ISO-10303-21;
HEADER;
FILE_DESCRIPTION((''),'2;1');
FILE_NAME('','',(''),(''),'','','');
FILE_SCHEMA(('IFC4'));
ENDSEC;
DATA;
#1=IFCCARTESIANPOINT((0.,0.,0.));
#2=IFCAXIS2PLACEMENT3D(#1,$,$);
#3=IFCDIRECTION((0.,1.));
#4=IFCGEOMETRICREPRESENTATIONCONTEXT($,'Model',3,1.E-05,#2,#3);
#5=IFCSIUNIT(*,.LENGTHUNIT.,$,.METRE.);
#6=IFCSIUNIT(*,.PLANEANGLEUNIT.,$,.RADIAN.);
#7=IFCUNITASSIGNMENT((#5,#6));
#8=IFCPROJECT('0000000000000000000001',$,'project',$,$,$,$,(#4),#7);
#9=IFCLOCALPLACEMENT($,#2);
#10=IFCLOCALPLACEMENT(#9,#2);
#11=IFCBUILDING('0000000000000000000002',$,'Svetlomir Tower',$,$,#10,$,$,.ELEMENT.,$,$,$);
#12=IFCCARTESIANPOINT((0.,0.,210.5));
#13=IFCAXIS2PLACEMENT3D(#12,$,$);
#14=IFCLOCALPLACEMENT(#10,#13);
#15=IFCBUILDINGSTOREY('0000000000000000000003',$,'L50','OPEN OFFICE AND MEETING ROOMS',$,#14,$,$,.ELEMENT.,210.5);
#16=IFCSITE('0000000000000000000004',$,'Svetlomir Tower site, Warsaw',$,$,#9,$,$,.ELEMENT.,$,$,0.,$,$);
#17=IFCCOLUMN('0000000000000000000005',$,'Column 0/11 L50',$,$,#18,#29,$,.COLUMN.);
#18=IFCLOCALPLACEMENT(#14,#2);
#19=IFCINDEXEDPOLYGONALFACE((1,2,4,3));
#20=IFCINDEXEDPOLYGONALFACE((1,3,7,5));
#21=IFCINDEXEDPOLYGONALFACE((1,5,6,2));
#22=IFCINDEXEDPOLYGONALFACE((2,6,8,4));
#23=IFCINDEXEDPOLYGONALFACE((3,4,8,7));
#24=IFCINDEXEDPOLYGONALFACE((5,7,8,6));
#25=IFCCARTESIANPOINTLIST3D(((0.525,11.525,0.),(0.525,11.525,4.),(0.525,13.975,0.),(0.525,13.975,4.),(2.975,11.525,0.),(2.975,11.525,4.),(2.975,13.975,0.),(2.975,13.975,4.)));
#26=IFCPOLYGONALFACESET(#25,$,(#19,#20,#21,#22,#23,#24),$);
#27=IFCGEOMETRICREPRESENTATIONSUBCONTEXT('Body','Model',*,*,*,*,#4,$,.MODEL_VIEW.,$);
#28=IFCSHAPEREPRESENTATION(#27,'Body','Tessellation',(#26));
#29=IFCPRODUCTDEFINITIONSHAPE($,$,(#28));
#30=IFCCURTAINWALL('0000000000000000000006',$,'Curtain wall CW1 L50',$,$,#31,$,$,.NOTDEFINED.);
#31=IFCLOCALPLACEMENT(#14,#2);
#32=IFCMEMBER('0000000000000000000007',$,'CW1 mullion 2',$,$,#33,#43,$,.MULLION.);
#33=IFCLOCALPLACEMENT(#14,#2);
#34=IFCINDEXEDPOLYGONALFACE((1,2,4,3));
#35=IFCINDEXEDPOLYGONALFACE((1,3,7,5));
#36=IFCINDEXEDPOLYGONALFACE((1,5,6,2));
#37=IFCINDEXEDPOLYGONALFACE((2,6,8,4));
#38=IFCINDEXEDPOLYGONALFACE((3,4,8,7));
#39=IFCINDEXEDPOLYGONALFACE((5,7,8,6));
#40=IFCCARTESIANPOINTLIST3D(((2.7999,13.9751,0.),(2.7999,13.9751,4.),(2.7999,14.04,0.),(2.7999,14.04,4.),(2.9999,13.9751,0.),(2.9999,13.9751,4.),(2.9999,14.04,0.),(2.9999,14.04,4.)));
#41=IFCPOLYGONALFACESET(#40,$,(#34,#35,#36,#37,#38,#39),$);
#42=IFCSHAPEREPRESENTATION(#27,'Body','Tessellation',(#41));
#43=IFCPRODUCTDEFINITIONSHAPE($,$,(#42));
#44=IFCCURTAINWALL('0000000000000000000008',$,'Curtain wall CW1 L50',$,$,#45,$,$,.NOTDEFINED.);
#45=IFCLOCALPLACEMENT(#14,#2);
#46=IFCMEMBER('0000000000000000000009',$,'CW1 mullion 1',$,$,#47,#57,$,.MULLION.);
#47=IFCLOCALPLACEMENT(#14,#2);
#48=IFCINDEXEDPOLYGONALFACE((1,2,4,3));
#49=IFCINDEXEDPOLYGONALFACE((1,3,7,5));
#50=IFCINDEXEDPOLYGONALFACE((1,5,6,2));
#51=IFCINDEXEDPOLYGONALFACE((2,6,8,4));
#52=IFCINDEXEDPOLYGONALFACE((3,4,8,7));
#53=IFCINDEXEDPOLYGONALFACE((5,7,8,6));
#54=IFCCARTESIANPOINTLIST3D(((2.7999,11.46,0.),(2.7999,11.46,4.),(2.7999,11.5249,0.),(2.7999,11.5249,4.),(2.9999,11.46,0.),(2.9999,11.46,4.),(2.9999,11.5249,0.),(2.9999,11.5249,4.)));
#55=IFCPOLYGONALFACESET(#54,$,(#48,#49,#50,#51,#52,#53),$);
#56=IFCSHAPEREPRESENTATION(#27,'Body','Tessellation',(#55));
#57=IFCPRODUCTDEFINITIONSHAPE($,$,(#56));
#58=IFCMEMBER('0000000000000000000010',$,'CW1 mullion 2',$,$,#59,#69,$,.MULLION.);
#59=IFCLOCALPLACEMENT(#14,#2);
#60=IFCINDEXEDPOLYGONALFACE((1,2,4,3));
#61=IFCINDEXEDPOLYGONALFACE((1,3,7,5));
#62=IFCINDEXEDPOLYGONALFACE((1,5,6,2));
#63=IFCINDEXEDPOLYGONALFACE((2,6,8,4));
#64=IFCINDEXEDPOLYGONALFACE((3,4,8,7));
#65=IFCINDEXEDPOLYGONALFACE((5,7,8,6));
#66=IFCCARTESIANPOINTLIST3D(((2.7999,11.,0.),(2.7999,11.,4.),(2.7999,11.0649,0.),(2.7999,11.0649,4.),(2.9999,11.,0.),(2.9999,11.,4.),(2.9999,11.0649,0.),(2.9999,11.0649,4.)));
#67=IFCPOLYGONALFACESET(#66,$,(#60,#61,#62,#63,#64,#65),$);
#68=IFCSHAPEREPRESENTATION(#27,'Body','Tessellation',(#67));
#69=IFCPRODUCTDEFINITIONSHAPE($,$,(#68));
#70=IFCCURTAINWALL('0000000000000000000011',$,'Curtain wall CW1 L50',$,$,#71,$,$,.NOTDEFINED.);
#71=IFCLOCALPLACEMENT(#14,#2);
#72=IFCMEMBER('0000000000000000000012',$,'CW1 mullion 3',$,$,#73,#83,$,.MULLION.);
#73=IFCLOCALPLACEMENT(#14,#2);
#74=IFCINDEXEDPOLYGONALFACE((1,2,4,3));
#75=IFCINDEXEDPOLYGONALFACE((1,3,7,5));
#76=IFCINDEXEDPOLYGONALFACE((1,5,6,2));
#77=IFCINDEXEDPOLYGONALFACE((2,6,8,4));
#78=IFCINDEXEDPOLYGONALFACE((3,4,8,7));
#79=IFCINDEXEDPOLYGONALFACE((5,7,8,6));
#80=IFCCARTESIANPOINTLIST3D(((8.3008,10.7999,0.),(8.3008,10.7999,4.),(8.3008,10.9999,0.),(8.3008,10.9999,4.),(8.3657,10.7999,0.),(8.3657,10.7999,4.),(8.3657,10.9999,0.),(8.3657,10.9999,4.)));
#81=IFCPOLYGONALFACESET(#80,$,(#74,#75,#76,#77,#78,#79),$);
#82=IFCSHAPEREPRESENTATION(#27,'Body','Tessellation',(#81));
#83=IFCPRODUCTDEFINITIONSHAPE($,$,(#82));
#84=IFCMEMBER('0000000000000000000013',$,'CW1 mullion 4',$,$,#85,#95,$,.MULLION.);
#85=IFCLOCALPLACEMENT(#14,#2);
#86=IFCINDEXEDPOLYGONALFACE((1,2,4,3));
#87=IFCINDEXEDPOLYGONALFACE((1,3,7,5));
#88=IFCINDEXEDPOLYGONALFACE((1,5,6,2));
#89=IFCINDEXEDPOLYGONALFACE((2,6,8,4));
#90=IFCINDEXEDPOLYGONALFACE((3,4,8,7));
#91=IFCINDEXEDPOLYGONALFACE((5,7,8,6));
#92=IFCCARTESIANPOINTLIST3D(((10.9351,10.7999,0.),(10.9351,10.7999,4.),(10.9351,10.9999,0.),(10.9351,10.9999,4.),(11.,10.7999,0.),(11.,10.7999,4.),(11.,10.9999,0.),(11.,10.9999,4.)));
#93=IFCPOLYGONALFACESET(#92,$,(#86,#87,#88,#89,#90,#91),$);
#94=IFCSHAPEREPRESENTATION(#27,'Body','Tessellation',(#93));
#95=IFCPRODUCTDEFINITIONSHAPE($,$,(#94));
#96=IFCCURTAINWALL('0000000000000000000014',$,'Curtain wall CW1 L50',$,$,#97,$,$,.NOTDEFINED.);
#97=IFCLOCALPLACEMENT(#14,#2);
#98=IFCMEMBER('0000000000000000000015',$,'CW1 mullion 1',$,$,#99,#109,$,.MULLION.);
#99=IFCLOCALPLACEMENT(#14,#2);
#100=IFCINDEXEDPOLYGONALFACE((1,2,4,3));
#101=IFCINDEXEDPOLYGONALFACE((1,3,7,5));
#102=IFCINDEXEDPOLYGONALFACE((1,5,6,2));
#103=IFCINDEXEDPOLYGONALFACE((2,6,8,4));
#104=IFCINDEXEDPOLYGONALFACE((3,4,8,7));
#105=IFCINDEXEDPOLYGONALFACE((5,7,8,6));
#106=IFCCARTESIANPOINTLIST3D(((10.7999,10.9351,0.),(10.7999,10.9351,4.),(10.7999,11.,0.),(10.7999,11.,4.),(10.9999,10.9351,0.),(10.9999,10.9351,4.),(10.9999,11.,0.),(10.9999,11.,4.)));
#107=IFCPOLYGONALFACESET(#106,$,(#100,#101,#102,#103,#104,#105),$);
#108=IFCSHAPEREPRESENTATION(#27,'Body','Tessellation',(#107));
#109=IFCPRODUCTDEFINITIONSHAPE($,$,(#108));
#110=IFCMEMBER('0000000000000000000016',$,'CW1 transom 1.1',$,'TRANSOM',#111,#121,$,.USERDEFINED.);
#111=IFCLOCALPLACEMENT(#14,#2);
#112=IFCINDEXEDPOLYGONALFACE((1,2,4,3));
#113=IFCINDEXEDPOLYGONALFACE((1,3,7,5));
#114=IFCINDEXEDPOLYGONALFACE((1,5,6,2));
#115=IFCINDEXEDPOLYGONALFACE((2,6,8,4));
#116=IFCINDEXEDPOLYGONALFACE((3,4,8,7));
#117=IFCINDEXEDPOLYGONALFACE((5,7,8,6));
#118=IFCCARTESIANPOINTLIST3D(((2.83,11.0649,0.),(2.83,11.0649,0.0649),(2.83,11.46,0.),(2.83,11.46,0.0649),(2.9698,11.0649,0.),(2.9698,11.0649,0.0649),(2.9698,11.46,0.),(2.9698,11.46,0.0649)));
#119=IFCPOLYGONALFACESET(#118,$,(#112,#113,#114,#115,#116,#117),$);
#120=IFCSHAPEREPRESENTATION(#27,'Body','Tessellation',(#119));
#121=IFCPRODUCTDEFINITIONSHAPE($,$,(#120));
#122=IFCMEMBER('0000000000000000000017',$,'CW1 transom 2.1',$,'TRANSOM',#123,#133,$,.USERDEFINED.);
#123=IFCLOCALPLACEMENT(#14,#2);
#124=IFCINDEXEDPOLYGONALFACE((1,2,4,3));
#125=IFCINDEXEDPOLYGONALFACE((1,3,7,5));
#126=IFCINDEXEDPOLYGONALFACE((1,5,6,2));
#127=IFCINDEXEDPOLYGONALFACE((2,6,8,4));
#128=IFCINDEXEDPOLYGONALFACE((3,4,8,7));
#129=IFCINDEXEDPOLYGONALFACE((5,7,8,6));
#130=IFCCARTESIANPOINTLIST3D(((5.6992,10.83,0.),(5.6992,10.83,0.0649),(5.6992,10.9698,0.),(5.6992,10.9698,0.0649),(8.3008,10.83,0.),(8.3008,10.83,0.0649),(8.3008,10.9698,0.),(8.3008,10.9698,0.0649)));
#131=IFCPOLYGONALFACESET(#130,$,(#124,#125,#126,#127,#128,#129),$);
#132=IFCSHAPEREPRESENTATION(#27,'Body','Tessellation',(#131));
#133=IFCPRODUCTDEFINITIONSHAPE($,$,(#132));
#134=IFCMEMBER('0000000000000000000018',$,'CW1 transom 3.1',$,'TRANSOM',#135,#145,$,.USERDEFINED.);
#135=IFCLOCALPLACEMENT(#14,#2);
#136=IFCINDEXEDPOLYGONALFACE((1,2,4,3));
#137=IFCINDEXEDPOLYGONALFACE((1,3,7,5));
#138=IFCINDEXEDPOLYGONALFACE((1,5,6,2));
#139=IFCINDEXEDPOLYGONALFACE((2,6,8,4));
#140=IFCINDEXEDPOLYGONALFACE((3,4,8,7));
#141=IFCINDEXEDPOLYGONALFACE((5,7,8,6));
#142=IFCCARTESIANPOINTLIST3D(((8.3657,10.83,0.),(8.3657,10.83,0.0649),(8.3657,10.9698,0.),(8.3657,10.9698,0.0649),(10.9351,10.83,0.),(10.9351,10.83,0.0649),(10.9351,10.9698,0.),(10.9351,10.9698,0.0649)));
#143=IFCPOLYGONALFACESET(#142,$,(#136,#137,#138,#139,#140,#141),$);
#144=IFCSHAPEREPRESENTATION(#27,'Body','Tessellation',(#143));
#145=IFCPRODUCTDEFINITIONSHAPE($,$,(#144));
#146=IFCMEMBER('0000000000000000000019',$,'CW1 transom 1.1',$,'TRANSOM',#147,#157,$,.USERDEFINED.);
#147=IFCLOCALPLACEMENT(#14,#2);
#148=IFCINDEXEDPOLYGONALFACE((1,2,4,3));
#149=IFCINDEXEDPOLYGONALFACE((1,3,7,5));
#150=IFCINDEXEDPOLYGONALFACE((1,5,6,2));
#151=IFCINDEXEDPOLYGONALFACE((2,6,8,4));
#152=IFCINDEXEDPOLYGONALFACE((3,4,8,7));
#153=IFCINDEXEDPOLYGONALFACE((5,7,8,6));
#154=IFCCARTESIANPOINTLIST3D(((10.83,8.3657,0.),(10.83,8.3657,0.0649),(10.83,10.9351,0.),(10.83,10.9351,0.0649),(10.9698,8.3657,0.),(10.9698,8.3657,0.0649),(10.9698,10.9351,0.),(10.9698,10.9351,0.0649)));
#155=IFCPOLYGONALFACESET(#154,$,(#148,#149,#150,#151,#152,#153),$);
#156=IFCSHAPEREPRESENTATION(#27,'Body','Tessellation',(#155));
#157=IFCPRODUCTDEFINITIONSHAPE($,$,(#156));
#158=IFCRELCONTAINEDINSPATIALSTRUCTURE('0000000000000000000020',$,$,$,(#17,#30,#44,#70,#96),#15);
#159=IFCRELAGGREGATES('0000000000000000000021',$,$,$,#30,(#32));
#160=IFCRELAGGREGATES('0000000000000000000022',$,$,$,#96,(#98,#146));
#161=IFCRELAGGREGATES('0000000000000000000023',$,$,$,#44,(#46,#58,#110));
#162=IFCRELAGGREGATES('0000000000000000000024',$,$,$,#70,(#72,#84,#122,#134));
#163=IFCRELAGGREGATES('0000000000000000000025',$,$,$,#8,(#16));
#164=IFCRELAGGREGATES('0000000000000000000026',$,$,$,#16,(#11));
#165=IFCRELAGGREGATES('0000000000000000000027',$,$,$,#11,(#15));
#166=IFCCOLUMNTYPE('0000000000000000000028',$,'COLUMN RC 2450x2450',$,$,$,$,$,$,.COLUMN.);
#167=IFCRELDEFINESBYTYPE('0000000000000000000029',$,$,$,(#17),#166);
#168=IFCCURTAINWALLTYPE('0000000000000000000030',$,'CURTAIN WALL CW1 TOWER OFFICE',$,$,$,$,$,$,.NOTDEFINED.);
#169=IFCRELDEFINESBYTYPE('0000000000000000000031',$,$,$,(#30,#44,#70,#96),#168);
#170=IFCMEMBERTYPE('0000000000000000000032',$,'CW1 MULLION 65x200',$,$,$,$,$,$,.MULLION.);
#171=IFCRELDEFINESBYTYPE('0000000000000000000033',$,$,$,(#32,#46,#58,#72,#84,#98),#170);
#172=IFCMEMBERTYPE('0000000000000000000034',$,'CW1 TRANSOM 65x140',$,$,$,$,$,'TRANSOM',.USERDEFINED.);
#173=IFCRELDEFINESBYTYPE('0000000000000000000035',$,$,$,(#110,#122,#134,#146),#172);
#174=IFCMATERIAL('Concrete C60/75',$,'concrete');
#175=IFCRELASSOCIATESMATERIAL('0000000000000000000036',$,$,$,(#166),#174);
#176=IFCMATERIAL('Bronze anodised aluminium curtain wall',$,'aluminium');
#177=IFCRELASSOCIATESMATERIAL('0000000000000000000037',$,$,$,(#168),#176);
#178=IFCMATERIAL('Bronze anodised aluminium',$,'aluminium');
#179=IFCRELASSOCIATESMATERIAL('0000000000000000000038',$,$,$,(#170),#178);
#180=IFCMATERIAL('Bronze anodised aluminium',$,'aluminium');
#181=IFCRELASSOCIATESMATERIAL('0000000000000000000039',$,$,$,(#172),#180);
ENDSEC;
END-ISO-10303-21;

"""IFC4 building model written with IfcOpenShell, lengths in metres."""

from ifc_helpers import new_model, si_unit, direction, frame, origin, origin_2d, place, context, subcontext, project, spatial, rectangle, extrude, material, material_profile, profile_set, type_object, element, aggregate, save


model = new_model("IFC4")

# Units and contexts
model_context = context("Model", 3, precision=1e-05, world=origin(), true_north=direction((0.0, 1.0)))
body_context = subcontext(model_context, "Body", "Model", "MODEL_VIEW")
ifc_project = project(units=[si_unit("LENGTHUNIT", "METRE"), si_unit("PLANEANGLEUNIT", "RADIAN")], contexts=[model_context])

# Site, building, storey
site_placement = place(None, origin())
site = spatial("IfcSite", under=ifc_project, at=site_placement, Name="Svetlomir Tower site, Warsaw", CompositionType="ELEMENT", RefElevation=0.0)
building_placement = place(site_placement, origin())
building = spatial("IfcBuilding", under=site, at=building_placement, Name="Svetlomir Tower", CompositionType="ELEMENT")
storey_placement = place(building_placement, frame((0.0, 0.0, 210.5)))
storey = spatial("IfcBuildingStorey", under=building, at=storey_placement, Name="L50", Description="OPEN OFFICE AND MEETING ROOMS", CompositionType="ELEMENT", Elevation=210.5)

# Column
ifc_material_1 = material(Name="Concrete C60/75", Category="concrete")
ifc_material_profile_1 = material_profile(ifc_material_1, rectangle(XDim=2.45, YDim=2.45, at=origin_2d()), Name="RC 2450x2450")
ifc_profile_set_1 = profile_set([ifc_material_profile_1], Name="Concrete C60/75")
column_type = type_object("IfcColumnType", Name="COLUMN RC 2450x2450", PredefinedType="COLUMN", material=ifc_profile_set_1)
column_placement = place(storey_placement, frame((1.75, 12.75, 0.0), z_axis=(0.0, 0.0, 1.0), x_axis=(1.0, 0.0, 0.0)))
element("IfcColumn", 1, at=column_placement, inside=storey, type_object=column_type, Name="Column 0/11 L50", PredefinedType="COLUMN", context=body_context, shape_type="SweptSolid", body=[
    extrude(rectangle(XDim=2.45, YDim=2.45, at=origin_2d()), origin(), (0.0, 0.0, 1.0), 4.0),
])

# Curtain wall, member
ifc_material_2 = material(Name="Bronze anodised aluminium curtain wall", Category="aluminium")
curtain_wall_type = type_object("IfcCurtainWallType", Name="CURTAIN WALL CW1 TOWER OFFICE", PredefinedType="NOTDEFINED", material=ifc_material_2)
curtain_wall_1_placement = place(storey_placement, origin())
curtain_wall_1 = element("IfcCurtainWall", 2, at=curtain_wall_1_placement, inside=storey, type_object=curtain_wall_type, Name="Curtain wall CW1 L50", PredefinedType="NOTDEFINED")
ifc_material_3 = material(Name="Bronze anodised aluminium", Category="aluminium")
ifc_material_profile_2 = material_profile(ifc_material_3, rectangle(XDim=0.0649, YDim=0.2, at=origin_2d()), Name="AL 65x200")
ifc_profile_set_2 = profile_set([ifc_material_profile_2], Name="Bronze anodised aluminium 6063-T6")
member_type_1 = type_object("IfcMemberType", Name="CW1 MULLION 65x200", PredefinedType="MULLION", material=ifc_profile_set_2)
member_1_placement = place(storey_placement, frame((2.8999, 14.0076, 0.0), z_axis=(0.0, 0.0, 1.0), x_axis=(0.0, -1.0, 0.0)))
member_1 = element("IfcMember", 3, at=member_1_placement, type_object=member_type_1, Name="CW1 mullion 2", PredefinedType="MULLION", context=body_context, shape_type="SweptSolid", body=[
    extrude(rectangle(XDim=0.0649, YDim=0.2, at=origin_2d()), origin(), (0.0, 0.0, 1.0), 4.0),
])
aggregate(curtain_wall_1, [member_1])

# Curtain walls, members
curtain_wall_2_placement = place(storey_placement, origin())
curtain_wall_2 = element("IfcCurtainWall", 4, at=curtain_wall_2_placement, inside=storey, type_object=curtain_wall_type, Name="Curtain wall CW1 L50", PredefinedType="NOTDEFINED")
member_2_placement = place(storey_placement, frame((2.8999, 11.4924, 0.0), z_axis=(0.0, 0.0, 1.0), x_axis=(0.0, -1.0, 0.0)))
member_2 = element("IfcMember", 5, at=member_2_placement, type_object=member_type_1, Name="CW1 mullion 1", PredefinedType="MULLION", context=body_context, shape_type="SweptSolid", body=[
    extrude(rectangle(XDim=0.0649, YDim=0.2, at=origin_2d()), origin(), (0.0, 0.0, 1.0), 4.0),
])
member_3_placement = place(storey_placement, frame((2.8999, 11.0325, 0.0), z_axis=(0.0, 0.0, 1.0), x_axis=(0.0, -1.0, 0.0)))
member_3 = element("IfcMember", 6, at=member_3_placement, type_object=member_type_1, Name="CW1 mullion 2", PredefinedType="MULLION", context=body_context, shape_type="SweptSolid", body=[
    extrude(rectangle(XDim=0.0649, YDim=0.2, at=origin_2d()), origin(), (0.0, 0.0, 1.0), 4.0),
])
curtain_wall_3_placement = place(storey_placement, origin())
curtain_wall_3 = element("IfcCurtainWall", 7, at=curtain_wall_3_placement, inside=storey, type_object=curtain_wall_type, Name="Curtain wall CW1 L50", PredefinedType="NOTDEFINED")
member_4_placement = place(storey_placement, frame((8.3333, 10.8999, 0.0), z_axis=(0.0, 0.0, 1.0), x_axis=(1.0, 0.0, 0.0)))
member_4 = element("IfcMember", 8, at=member_4_placement, type_object=member_type_1, Name="CW1 mullion 3", PredefinedType="MULLION", context=body_context, shape_type="SweptSolid", body=[
    extrude(rectangle(XDim=0.0649, YDim=0.2, at=origin_2d()), origin(), (0.0, 0.0, 1.0), 4.0),
])
member_5_placement = place(storey_placement, frame((10.9675, 10.8999, 0.0), z_axis=(0.0, 0.0, 1.0), x_axis=(1.0, 0.0, 0.0)))
member_5 = element("IfcMember", 9, at=member_5_placement, type_object=member_type_1, Name="CW1 mullion 4", PredefinedType="MULLION", context=body_context, shape_type="SweptSolid", body=[
    extrude(rectangle(XDim=0.0649, YDim=0.2, at=origin_2d()), origin(), (0.0, 0.0, 1.0), 4.0),
])

# Curtain wall, member
curtain_wall_4_placement = place(storey_placement, origin())
curtain_wall_4 = element("IfcCurtainWall", 10, at=curtain_wall_4_placement, inside=storey, type_object=curtain_wall_type, Name="Curtain wall CW1 L50", PredefinedType="NOTDEFINED")
member_6_placement = place(storey_placement, frame((10.8999, 10.9675, 0.0), z_axis=(0.0, 0.0, 1.0), x_axis=(0.0, -1.0, 0.0)))
member_6 = element("IfcMember", 11, at=member_6_placement, type_object=member_type_1, Name="CW1 mullion 1", PredefinedType="MULLION", context=body_context, shape_type="SweptSolid", body=[
    extrude(rectangle(XDim=0.0649, YDim=0.2, at=origin_2d()), origin(), (0.0, 0.0, 1.0), 4.0),
])

# Members
ifc_material_4 = material(Name="Bronze anodised aluminium", Category="aluminium")
ifc_material_profile_3 = material_profile(ifc_material_4, rectangle(XDim=0.1399, YDim=0.0649, at=origin_2d()), Name="AL 140x65")
ifc_profile_set_3 = profile_set([ifc_material_profile_3], Name="Bronze anodised aluminium 6063-T6")
member_type_2 = type_object("IfcMemberType", Name="CW1 TRANSOM 65x140", ElementType="TRANSOM", PredefinedType="USERDEFINED", material=ifc_profile_set_3)
member_7_placement = place(storey_placement, frame((2.8999, 11.46, 0.0325), z_axis=(0.0, -1.0, 0.0), x_axis=(1.0, 0.0, 0.0)))
member_7 = element("IfcMember", 12, at=member_7_placement, type_object=member_type_2, Name="CW1 transom 1.1", ObjectType="TRANSOM", PredefinedType="USERDEFINED", context=body_context, shape_type="SweptSolid", body=[
    extrude(rectangle(XDim=0.1399, YDim=0.0649, at=origin_2d()), origin(), (0.0, 0.0, 1.0), 0.395),
])
member_8_placement = place(storey_placement, frame((5.6992, 10.8999, 0.0325), z_axis=(1.0, 0.0, 0.0), x_axis=(0.0, 1.0, 0.0)))
member_8 = element("IfcMember", 13, at=member_8_placement, type_object=member_type_2, Name="CW1 transom 2.1", ObjectType="TRANSOM", PredefinedType="USERDEFINED", context=body_context, shape_type="SweptSolid", body=[
    extrude(rectangle(XDim=0.1399, YDim=0.0649, at=origin_2d()), origin(), (0.0, 0.0, 1.0), 2.6016),
])
member_9_placement = place(storey_placement, frame((8.3657, 10.8999, 0.0325), z_axis=(1.0, 0.0, 0.0), x_axis=(0.0, 1.0, 0.0)))
member_9 = element("IfcMember", 14, at=member_9_placement, type_object=member_type_2, Name="CW1 transom 3.1", ObjectType="TRANSOM", PredefinedType="USERDEFINED", context=body_context, shape_type="SweptSolid", body=[
    extrude(rectangle(XDim=0.1399, YDim=0.0649, at=origin_2d()), origin(), (0.0, 0.0, 1.0), 2.5693),
])
member_10_placement = place(storey_placement, frame((10.8999, 10.9351, 0.0325), z_axis=(0.0, -1.0, 0.0), x_axis=(1.0, 0.0, 0.0)))
member_10 = element("IfcMember", 15, at=member_10_placement, type_object=member_type_2, Name="CW1 transom 1.1", ObjectType="TRANSOM", PredefinedType="USERDEFINED", context=body_context, shape_type="SweptSolid", body=[
    extrude(rectangle(XDim=0.1399, YDim=0.0649, at=origin_2d()), origin(), (0.0, 0.0, 1.0), 2.5693),
])
aggregate(curtain_wall_4, [member_6, member_10])

aggregate(curtain_wall_2, [member_2, member_3, member_7])
aggregate(curtain_wall_3, [member_4, member_5, member_8, member_9])

save(model, "model.ifc")
